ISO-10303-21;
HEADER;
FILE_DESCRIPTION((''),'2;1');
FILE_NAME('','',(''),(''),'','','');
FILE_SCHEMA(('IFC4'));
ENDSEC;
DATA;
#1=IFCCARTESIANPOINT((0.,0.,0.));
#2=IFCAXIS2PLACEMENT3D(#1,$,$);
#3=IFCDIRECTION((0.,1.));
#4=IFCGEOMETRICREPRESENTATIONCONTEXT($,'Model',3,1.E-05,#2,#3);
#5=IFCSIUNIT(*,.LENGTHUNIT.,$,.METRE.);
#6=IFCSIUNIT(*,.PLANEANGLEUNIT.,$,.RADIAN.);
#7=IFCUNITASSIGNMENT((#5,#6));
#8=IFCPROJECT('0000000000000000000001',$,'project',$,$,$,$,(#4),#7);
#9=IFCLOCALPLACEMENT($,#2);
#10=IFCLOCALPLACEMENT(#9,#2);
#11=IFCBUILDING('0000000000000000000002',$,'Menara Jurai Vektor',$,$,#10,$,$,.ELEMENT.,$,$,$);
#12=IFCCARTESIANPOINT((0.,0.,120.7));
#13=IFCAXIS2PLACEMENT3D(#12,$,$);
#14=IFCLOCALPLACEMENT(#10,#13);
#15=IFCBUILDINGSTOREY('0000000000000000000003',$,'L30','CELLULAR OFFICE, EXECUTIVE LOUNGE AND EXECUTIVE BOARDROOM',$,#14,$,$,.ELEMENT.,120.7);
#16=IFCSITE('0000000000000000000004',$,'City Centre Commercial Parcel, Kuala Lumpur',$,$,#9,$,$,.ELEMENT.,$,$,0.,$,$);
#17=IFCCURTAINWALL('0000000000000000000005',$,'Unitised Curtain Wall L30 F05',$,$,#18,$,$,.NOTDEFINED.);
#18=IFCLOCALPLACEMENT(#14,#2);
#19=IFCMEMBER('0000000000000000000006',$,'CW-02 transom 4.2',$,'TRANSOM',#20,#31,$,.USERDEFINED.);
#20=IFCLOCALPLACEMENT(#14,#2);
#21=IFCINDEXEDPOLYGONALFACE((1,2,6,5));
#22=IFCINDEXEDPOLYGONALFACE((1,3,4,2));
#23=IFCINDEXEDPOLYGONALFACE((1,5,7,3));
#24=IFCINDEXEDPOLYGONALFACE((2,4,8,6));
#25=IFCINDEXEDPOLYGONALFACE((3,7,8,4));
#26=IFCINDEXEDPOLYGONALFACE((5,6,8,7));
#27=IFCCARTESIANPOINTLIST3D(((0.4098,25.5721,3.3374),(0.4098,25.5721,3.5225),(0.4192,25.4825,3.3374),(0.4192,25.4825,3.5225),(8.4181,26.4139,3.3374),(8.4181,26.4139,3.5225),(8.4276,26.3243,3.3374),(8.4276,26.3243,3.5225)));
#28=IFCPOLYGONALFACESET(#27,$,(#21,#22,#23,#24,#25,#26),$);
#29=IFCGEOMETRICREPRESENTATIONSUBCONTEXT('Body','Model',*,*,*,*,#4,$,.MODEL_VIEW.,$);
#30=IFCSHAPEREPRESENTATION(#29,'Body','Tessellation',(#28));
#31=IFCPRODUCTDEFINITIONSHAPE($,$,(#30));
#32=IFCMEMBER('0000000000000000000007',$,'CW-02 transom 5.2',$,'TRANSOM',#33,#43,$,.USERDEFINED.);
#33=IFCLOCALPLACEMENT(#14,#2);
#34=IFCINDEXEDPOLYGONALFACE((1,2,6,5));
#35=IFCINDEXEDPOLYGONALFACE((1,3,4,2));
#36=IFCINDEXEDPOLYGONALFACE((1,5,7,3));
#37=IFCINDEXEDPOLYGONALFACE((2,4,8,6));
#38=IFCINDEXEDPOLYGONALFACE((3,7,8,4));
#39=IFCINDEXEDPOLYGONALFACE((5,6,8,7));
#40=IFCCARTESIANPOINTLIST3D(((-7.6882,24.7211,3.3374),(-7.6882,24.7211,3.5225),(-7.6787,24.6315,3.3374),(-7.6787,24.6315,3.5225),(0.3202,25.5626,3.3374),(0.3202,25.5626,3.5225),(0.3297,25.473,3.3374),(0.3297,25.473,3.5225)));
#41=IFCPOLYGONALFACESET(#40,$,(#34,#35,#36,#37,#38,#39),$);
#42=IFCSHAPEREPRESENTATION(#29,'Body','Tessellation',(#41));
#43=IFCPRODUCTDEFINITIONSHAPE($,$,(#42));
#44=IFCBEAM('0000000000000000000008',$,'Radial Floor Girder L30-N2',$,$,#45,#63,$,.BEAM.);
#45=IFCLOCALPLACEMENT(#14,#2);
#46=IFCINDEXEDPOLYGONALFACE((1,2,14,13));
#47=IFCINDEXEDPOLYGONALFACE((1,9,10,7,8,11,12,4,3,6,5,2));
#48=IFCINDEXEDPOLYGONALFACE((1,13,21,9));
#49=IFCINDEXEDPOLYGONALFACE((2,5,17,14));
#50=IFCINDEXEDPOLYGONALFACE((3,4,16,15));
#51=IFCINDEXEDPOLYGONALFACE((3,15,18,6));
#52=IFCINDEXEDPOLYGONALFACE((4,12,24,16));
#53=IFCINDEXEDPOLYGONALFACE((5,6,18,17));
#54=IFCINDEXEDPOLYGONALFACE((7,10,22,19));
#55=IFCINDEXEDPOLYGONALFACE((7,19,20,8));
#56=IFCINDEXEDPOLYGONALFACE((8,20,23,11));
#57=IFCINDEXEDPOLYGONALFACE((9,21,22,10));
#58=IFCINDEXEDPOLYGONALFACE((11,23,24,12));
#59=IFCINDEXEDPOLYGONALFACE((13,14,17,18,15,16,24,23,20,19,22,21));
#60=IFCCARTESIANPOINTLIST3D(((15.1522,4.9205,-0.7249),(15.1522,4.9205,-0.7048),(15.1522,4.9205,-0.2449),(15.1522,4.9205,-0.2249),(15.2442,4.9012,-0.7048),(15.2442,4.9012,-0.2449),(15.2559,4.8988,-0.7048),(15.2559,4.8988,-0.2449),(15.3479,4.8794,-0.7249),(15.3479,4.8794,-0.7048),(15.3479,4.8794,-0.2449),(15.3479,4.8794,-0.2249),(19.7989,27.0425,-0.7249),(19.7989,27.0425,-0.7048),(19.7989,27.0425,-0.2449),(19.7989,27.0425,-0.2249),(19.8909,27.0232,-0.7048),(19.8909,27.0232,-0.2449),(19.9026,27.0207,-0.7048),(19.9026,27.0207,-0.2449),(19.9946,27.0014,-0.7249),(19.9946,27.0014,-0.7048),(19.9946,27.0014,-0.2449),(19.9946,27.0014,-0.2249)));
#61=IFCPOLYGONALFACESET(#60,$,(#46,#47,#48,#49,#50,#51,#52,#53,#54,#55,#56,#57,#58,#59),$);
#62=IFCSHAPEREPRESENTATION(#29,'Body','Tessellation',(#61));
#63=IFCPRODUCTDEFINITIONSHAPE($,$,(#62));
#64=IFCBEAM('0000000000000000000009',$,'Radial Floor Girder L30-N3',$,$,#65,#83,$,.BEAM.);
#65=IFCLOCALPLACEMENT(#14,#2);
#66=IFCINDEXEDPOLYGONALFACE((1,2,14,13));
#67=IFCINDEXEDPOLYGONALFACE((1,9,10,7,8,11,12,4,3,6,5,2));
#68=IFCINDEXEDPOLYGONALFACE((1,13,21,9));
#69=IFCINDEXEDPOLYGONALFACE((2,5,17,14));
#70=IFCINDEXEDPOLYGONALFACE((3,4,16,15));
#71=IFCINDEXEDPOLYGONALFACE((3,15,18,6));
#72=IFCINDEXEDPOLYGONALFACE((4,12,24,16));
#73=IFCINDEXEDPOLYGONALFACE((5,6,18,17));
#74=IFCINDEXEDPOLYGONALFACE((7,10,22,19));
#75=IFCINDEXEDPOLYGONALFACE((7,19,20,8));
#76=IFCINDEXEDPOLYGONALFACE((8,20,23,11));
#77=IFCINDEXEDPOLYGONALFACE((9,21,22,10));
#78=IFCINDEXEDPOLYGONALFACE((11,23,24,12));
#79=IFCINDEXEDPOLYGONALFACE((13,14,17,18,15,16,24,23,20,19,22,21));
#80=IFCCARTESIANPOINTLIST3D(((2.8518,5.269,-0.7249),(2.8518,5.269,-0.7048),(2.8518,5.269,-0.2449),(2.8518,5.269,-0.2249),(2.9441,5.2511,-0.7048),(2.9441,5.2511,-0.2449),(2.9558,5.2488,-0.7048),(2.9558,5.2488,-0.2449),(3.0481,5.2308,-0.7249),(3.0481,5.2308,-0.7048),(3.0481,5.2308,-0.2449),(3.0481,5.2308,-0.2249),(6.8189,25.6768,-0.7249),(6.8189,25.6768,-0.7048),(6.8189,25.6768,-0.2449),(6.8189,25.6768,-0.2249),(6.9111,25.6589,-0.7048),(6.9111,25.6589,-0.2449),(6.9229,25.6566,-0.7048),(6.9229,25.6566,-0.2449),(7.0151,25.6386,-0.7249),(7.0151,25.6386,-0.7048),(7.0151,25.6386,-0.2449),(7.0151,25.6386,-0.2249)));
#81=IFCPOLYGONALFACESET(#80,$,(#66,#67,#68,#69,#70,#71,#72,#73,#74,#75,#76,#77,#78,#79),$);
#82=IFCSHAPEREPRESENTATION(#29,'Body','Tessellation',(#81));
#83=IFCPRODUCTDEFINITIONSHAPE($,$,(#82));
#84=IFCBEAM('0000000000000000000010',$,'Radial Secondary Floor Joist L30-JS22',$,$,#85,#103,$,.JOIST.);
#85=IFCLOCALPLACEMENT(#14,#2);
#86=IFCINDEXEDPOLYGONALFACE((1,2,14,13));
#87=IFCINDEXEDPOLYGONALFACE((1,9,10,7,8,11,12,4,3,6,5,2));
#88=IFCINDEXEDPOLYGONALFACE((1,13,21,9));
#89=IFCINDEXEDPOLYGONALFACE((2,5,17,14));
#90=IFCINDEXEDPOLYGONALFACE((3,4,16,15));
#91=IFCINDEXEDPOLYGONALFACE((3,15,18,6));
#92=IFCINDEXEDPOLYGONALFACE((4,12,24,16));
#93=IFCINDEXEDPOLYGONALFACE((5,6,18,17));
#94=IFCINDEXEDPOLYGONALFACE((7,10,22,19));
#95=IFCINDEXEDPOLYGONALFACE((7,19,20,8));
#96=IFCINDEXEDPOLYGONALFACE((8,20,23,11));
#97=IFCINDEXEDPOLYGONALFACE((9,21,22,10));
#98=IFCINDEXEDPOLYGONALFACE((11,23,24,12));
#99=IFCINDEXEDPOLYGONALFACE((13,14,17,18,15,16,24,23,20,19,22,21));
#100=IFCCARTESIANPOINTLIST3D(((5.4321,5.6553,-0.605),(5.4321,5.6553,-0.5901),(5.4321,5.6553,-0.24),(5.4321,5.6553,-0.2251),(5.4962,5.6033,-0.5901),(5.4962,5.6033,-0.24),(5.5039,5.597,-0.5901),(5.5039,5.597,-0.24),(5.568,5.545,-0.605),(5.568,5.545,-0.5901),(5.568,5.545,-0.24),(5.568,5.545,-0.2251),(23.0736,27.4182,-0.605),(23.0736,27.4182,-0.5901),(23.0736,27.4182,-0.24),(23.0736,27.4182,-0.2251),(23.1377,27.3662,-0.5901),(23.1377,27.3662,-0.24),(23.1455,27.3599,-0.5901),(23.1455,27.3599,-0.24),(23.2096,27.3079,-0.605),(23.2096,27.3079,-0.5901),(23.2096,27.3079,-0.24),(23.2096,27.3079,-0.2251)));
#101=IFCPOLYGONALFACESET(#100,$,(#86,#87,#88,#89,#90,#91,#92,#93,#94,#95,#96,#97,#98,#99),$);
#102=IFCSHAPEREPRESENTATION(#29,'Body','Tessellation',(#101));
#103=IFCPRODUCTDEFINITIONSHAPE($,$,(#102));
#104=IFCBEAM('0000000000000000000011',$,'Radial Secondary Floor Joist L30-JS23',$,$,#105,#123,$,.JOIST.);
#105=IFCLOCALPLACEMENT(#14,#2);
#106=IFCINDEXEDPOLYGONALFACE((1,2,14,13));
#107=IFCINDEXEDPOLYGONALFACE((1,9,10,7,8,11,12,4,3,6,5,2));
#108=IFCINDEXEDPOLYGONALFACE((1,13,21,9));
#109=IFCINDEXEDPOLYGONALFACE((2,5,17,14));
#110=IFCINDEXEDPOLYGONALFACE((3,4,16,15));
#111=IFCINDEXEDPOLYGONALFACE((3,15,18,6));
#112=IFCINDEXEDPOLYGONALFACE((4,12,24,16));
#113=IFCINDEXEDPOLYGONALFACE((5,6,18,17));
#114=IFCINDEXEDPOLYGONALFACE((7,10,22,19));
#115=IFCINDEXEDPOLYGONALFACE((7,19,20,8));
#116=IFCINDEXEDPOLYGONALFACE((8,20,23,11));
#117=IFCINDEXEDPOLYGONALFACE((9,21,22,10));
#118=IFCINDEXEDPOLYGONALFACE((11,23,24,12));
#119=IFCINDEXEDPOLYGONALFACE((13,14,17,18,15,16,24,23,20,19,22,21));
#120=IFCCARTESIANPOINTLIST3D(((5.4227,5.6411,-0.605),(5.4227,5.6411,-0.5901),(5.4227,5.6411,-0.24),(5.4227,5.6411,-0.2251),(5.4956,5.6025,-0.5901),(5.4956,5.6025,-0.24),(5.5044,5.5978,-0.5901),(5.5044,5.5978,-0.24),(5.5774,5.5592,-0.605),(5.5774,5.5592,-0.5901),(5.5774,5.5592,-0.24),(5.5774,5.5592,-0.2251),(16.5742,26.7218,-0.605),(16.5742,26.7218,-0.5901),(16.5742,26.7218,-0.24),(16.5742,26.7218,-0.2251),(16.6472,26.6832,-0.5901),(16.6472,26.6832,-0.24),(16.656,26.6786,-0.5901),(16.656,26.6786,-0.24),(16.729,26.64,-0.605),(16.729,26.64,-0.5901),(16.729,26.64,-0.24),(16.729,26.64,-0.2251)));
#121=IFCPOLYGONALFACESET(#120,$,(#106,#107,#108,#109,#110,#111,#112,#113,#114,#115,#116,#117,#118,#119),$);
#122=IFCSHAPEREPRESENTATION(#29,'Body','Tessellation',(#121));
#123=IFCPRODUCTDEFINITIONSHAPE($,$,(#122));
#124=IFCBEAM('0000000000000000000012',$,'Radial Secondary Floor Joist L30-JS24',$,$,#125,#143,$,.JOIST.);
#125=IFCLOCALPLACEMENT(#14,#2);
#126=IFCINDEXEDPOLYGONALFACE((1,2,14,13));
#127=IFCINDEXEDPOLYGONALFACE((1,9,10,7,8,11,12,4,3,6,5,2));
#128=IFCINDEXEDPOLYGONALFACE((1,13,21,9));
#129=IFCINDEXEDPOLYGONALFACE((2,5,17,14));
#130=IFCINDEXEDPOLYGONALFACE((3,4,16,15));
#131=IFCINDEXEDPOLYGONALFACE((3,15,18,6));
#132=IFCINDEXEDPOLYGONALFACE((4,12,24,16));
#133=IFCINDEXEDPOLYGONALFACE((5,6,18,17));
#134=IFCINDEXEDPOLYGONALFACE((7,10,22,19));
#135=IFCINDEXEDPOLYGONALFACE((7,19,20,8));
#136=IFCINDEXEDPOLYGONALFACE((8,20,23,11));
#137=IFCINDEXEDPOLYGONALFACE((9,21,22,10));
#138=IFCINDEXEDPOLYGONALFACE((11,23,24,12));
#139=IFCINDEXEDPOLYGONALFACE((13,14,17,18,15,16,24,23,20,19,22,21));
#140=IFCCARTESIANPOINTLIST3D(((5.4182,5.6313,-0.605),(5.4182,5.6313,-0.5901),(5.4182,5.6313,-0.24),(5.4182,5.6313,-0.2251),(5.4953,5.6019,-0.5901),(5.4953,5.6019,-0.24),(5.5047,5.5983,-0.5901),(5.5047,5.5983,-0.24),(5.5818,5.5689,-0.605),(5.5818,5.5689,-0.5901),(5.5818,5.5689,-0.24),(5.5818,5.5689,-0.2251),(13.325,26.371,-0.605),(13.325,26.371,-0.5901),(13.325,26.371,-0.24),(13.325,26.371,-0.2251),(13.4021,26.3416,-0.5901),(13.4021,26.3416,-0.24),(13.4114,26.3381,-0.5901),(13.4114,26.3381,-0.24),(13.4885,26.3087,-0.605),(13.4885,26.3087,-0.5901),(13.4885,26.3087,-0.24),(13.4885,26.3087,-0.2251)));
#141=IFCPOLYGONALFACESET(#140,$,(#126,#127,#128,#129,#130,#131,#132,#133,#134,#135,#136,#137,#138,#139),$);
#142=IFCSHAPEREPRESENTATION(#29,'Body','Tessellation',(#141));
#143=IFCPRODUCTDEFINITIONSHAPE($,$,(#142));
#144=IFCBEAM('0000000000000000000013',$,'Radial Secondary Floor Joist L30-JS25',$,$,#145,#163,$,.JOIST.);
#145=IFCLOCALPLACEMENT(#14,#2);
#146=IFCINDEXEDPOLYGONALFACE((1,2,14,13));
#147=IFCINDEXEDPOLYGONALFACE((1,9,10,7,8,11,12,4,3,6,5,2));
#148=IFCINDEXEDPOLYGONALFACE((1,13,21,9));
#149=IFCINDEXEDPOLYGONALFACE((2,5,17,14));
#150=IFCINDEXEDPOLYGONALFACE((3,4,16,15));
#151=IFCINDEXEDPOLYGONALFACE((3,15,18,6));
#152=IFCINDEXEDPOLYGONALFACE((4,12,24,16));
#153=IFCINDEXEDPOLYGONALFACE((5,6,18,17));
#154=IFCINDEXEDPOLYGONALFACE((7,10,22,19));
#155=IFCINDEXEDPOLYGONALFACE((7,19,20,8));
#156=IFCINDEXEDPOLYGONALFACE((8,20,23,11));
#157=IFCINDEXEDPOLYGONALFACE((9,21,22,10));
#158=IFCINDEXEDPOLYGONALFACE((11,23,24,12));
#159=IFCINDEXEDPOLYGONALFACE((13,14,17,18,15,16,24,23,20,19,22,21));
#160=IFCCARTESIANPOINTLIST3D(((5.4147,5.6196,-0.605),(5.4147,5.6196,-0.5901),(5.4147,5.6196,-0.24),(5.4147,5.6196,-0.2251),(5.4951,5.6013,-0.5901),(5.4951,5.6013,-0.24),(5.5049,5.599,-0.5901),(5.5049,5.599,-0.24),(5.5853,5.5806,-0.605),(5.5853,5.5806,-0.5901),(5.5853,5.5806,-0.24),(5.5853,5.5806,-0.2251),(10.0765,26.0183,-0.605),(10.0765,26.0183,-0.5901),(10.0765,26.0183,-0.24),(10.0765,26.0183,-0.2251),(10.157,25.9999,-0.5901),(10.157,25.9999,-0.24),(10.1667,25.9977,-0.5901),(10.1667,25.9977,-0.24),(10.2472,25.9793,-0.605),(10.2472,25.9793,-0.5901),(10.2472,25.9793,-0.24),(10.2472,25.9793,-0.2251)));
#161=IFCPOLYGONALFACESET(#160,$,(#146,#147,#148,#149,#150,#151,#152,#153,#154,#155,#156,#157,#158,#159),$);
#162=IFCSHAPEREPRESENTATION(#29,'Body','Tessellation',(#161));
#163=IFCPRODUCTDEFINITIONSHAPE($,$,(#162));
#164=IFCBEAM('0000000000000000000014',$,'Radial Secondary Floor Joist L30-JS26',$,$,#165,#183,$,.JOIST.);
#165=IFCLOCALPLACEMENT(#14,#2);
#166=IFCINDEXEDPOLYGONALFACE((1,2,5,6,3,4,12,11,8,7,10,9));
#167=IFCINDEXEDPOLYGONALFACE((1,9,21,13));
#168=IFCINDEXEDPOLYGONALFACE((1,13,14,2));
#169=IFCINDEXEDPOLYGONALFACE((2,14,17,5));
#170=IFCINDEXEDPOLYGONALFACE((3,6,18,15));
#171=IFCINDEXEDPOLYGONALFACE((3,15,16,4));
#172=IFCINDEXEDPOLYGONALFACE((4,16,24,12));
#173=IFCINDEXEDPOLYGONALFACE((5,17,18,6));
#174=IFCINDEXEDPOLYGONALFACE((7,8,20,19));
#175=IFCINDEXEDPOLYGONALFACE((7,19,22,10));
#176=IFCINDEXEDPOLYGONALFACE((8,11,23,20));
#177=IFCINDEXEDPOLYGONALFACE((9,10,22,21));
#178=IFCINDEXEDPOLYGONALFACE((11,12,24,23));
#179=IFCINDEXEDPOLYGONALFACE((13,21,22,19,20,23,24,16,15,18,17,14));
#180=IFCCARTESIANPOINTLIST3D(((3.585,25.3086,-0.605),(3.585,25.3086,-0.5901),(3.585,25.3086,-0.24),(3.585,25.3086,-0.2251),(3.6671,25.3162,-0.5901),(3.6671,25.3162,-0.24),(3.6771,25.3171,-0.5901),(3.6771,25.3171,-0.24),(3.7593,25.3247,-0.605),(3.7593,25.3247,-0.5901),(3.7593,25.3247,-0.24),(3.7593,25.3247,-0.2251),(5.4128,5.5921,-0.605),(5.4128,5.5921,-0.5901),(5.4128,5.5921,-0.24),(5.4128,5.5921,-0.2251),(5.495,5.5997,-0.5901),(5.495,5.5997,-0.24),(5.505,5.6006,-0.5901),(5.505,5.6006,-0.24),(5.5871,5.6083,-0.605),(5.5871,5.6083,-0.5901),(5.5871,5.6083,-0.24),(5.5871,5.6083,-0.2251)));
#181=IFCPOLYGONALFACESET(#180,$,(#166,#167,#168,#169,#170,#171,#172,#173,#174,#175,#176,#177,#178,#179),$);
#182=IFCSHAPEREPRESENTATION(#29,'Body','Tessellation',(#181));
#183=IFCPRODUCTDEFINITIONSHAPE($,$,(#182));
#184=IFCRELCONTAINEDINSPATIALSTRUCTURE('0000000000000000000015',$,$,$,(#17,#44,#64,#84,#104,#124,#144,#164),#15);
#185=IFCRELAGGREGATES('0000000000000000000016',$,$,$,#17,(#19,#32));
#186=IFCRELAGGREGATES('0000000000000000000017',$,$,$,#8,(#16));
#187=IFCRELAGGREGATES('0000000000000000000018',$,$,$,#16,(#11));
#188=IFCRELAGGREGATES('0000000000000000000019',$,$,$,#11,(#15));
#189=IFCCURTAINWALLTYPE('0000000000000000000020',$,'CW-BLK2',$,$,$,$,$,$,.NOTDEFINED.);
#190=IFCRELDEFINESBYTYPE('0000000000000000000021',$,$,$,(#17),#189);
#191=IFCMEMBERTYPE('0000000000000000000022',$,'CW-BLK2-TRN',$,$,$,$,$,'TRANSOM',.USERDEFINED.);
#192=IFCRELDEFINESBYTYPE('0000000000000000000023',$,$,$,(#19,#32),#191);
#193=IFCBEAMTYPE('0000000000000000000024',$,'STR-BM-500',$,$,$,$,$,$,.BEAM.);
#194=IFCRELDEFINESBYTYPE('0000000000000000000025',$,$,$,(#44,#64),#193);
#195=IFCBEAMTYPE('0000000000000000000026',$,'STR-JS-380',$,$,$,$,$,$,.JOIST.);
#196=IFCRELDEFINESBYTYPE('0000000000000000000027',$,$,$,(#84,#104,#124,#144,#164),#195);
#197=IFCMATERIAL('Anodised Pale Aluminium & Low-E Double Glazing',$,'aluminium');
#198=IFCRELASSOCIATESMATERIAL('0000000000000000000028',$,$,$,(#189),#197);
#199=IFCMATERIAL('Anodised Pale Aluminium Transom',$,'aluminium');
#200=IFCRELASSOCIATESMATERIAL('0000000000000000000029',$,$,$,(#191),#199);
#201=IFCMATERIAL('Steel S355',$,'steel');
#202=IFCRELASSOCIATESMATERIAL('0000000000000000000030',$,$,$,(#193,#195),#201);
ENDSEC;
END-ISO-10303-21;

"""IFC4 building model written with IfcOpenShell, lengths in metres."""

from ifc_helpers import new_model, si_unit, direction, frame, origin, origin_2d, place, context, subcontext, project, spatial, rectangle, i_section, extrude, material, material_profile, profile_set, type_object, element, aggregate, save


model = new_model("IFC4")

# Units and contexts
model_context = context("Model", 3, precision=1e-05, world=origin(), true_north=direction((0.0, 1.0)))
body_context = subcontext(model_context, "Body", "Model", "MODEL_VIEW")
ifc_project = project(units=[si_unit("LENGTHUNIT", "METRE"), si_unit("PLANEANGLEUNIT", "RADIAN")], contexts=[model_context])

# Site, building, storey
site_placement = place(None, origin())
site = spatial("IfcSite", under=ifc_project, at=site_placement, Name="City Centre Commercial Parcel, Kuala Lumpur", CompositionType="ELEMENT", RefElevation=0.0)
building_placement = place(site_placement, origin())
building = spatial("IfcBuilding", under=site, at=building_placement, Name="Menara Jurai Vektor", CompositionType="ELEMENT")
storey_placement = place(building_placement, frame((0.0, 0.0, 120.7)))
storey = spatial("IfcBuildingStorey", under=building, at=storey_placement, Name="L30", Description="CELLULAR OFFICE, EXECUTIVE LOUNGE AND EXECUTIVE BOARDROOM", CompositionType="ELEMENT", Elevation=120.7)

# Curtain wall, members
ifc_material_1 = material(Name="Anodised Pale Aluminium & Low-E Double Glazing", Category="aluminium")
curtain_wall_type = type_object("IfcCurtainWallType", Name="CW-BLK2", PredefinedType="NOTDEFINED", material=ifc_material_1)
curtain_wall_placement = place(storey_placement, origin())
curtain_wall = element("IfcCurtainWall", 1, at=curtain_wall_placement, inside=storey, type_object=curtain_wall_type, Name="Unitised Curtain Wall L30 F05", PredefinedType="NOTDEFINED")
ifc_material_2 = material(Name="Anodised Pale Aluminium Transom", Category="aluminium")
ifc_material_profile_1 = material_profile(ifc_material_2, rectangle(XDim=0.0901, YDim=0.1851, at=origin_2d()), Name="ALU TRN 90x185")
ifc_profile_set_1 = profile_set([ifc_material_profile_1], Name="Anodised Pale Aluminium Transom")
member_type_1 = type_object("IfcMemberType", Name="CW-BLK2-TRN", ElementType="TRANSOM", PredefinedType="USERDEFINED", material=ifc_profile_set_1)
member_1_placement = place(storey_placement, frame((8.4229, 26.3691, 3.4299), z_axis=(-0.994521, -0.10454, 0.0), x_axis=(0.10454, -0.994521, 0.0)))
member_1 = element("IfcMember", 2, at=member_1_placement, type_object=member_type_1, Name="CW-02 transom 4.2", ObjectType="TRANSOM", PredefinedType="USERDEFINED", context=body_context, shape_type="SweptSolid", body=[
    extrude(rectangle(XDim=0.0901, YDim=0.1851, at=origin_2d()), origin(), (0.0, 0.0, 1.0), 8.0525),
])
member_2_placement = place(storey_placement, frame((0.325, 25.5178, 3.4299), z_axis=(-0.994524, -0.10451, 0.0), x_axis=(0.10451, -0.994524, 0.0)))
member_2 = element("IfcMember", 3, at=member_2_placement, type_object=member_type_1, Name="CW-02 transom 5.2", ObjectType="TRANSOM", PredefinedType="USERDEFINED", context=body_context, shape_type="SweptSolid", body=[
    extrude(rectangle(XDim=0.0901, YDim=0.1851, at=origin_2d()), origin(), (0.0, 0.0, 1.0), 8.0525),
])

# Beams
ifc_material_3 = material(Name="Steel S355", Category="steel")
ifc_material_profile_2 = material_profile(ifc_material_3, i_section(OverallWidth=0.2, OverallDepth=0.5, WebThickness=0.012, FlangeThickness=0.02, at=origin_2d()), Name="PG 500x200x96")
ifc_profile_set_2 = profile_set([ifc_material_profile_2], Name="Steel S355")
beam_type_1 = type_object("IfcBeamType", Name="STR-BM-500", PredefinedType="BEAM", material=ifc_profile_set_2)
beam_1_placement = place(storey_placement, frame((19.8967, 27.022, -0.4749), z_axis=(-0.205564, -0.978644, 0.0), x_axis=(0.978644, -0.205564, 0.0)))
element("IfcBeam", 4, at=beam_1_placement, inside=storey, type_object=beam_type_1, Name="Radial Floor Girder L30-N2", PredefinedType="BEAM", context=body_context, shape_type="SweptSolid", body=[
    extrude(i_section(OverallWidth=0.2, OverallDepth=0.5, WebThickness=0.012, FlangeThickness=0.02, at=origin_2d()), origin(), (0.0, 0.0, 1.0), 22.6047),
])
beam_2_placement = place(storey_placement, frame((6.917, 25.6577, -0.4749), z_axis=(-0.190817, -0.981626, 0.0), x_axis=(0.981626, -0.190817, 0.0)))
element("IfcBeam", 5, at=beam_2_placement, inside=storey, type_object=beam_type_1, Name="Radial Floor Girder L30-N3", PredefinedType="BEAM", context=body_context, shape_type="SweptSolid", body=[
    extrude(i_section(OverallWidth=0.2, OverallDepth=0.5, WebThickness=0.012, FlangeThickness=0.02, at=origin_2d()), origin(), (0.0, 0.0, 1.0), 20.7898),
])
ifc_material_profile_3 = material_profile(ifc_material_3, i_section(OverallWidth=0.175, OverallDepth=0.3799, WebThickness=0.01, FlangeThickness=0.0149, at=origin_2d()), Name="PG 380x175x58")
ifc_profile_set_3 = profile_set([ifc_material_profile_3], Name="Steel S355")
beam_type_2 = type_object("IfcBeamType", Name="STR-JS-380", PredefinedType="JOIST", material=ifc_profile_set_3)
beam_3_placement = place(storey_placement, frame((23.1416, 27.363, -0.415), z_axis=(-0.629715, -0.776826, 0.0), x_axis=(0.776826, -0.629715, 0.0)))
element("IfcBeam", 6, at=beam_3_placement, inside=storey, type_object=beam_type_2, Name="Radial Secondary Floor Joist L30-JS22", PredefinedType="JOIST", context=body_context, shape_type="SweptSolid", body=[
    extrude(i_section(OverallWidth=0.175, OverallDepth=0.3799, WebThickness=0.01, FlangeThickness=0.0149, at=origin_2d()), origin(), (0.0, 0.0, 1.0), 28.0151),
])
beam_4_placement = place(storey_placement, frame((16.6516, 26.6809, -0.415), z_axis=(-0.467599, -0.883941, 0.0), x_axis=(0.883941, -0.467599, 0.0)))
element("IfcBeam", 7, at=beam_4_placement, inside=storey, type_object=beam_type_2, Name="Radial Secondary Floor Joist L30-JS23", PredefinedType="JOIST", context=body_context, shape_type="SweptSolid", body=[
    extrude(i_section(OverallWidth=0.175, OverallDepth=0.3799, WebThickness=0.01, FlangeThickness=0.0149, at=origin_2d()), origin(), (0.0, 0.0, 1.0), 23.8486),
])
beam_5_placement = place(storey_placement, frame((13.4067, 26.3398, -0.415), z_axis=(-0.356227, -0.9344, 0.0), x_axis=(0.9344, -0.356227, 0.0)))
element("IfcBeam", 8, at=beam_5_placement, inside=storey, type_object=beam_type_2, Name="Radial Secondary Floor Joist L30-JS24", PredefinedType="JOIST", context=body_context, shape_type="SweptSolid", body=[
    extrude(i_section(OverallWidth=0.175, OverallDepth=0.3799, WebThickness=0.01, FlangeThickness=0.0149, at=origin_2d()), origin(), (0.0, 0.0, 1.0), 22.1958),
])
beam_6_placement = place(storey_placement, frame((10.1619, 25.9988, -0.415), z_axis=(-0.222793, -0.974866, 0.0), x_axis=(0.974866, -0.222793, 0.0)))
element("IfcBeam", 9, at=beam_6_placement, inside=storey, type_object=beam_type_2, Name="Radial Secondary Floor Joist L30-JS25", PredefinedType="JOIST", context=body_context, shape_type="SweptSolid", body=[
    extrude(i_section(OverallWidth=0.175, OverallDepth=0.3799, WebThickness=0.01, FlangeThickness=0.0149, at=origin_2d()), origin(), (0.0, 0.0, 1.0), 20.9246),
])
beam_7_placement = place(storey_placement, frame((3.6721, 25.3167, -0.415), z_axis=(0.092312, -0.99573, 0.0), x_axis=(0.99573, 0.092312, 0.0)))
element("IfcBeam", 10, at=beam_7_placement, inside=storey, type_object=beam_type_2, Name="Radial Secondary Floor Joist L30-JS26", PredefinedType="JOIST", context=body_context, shape_type="SweptSolid", body=[
    extrude(i_section(OverallWidth=0.175, OverallDepth=0.3799, WebThickness=0.01, FlangeThickness=0.0149, at=origin_2d()), origin(), (0.0, 0.0, 1.0), 19.801),
])

aggregate(curtain_wall, [member_1, member_2])

save(model, "model.ifc")
